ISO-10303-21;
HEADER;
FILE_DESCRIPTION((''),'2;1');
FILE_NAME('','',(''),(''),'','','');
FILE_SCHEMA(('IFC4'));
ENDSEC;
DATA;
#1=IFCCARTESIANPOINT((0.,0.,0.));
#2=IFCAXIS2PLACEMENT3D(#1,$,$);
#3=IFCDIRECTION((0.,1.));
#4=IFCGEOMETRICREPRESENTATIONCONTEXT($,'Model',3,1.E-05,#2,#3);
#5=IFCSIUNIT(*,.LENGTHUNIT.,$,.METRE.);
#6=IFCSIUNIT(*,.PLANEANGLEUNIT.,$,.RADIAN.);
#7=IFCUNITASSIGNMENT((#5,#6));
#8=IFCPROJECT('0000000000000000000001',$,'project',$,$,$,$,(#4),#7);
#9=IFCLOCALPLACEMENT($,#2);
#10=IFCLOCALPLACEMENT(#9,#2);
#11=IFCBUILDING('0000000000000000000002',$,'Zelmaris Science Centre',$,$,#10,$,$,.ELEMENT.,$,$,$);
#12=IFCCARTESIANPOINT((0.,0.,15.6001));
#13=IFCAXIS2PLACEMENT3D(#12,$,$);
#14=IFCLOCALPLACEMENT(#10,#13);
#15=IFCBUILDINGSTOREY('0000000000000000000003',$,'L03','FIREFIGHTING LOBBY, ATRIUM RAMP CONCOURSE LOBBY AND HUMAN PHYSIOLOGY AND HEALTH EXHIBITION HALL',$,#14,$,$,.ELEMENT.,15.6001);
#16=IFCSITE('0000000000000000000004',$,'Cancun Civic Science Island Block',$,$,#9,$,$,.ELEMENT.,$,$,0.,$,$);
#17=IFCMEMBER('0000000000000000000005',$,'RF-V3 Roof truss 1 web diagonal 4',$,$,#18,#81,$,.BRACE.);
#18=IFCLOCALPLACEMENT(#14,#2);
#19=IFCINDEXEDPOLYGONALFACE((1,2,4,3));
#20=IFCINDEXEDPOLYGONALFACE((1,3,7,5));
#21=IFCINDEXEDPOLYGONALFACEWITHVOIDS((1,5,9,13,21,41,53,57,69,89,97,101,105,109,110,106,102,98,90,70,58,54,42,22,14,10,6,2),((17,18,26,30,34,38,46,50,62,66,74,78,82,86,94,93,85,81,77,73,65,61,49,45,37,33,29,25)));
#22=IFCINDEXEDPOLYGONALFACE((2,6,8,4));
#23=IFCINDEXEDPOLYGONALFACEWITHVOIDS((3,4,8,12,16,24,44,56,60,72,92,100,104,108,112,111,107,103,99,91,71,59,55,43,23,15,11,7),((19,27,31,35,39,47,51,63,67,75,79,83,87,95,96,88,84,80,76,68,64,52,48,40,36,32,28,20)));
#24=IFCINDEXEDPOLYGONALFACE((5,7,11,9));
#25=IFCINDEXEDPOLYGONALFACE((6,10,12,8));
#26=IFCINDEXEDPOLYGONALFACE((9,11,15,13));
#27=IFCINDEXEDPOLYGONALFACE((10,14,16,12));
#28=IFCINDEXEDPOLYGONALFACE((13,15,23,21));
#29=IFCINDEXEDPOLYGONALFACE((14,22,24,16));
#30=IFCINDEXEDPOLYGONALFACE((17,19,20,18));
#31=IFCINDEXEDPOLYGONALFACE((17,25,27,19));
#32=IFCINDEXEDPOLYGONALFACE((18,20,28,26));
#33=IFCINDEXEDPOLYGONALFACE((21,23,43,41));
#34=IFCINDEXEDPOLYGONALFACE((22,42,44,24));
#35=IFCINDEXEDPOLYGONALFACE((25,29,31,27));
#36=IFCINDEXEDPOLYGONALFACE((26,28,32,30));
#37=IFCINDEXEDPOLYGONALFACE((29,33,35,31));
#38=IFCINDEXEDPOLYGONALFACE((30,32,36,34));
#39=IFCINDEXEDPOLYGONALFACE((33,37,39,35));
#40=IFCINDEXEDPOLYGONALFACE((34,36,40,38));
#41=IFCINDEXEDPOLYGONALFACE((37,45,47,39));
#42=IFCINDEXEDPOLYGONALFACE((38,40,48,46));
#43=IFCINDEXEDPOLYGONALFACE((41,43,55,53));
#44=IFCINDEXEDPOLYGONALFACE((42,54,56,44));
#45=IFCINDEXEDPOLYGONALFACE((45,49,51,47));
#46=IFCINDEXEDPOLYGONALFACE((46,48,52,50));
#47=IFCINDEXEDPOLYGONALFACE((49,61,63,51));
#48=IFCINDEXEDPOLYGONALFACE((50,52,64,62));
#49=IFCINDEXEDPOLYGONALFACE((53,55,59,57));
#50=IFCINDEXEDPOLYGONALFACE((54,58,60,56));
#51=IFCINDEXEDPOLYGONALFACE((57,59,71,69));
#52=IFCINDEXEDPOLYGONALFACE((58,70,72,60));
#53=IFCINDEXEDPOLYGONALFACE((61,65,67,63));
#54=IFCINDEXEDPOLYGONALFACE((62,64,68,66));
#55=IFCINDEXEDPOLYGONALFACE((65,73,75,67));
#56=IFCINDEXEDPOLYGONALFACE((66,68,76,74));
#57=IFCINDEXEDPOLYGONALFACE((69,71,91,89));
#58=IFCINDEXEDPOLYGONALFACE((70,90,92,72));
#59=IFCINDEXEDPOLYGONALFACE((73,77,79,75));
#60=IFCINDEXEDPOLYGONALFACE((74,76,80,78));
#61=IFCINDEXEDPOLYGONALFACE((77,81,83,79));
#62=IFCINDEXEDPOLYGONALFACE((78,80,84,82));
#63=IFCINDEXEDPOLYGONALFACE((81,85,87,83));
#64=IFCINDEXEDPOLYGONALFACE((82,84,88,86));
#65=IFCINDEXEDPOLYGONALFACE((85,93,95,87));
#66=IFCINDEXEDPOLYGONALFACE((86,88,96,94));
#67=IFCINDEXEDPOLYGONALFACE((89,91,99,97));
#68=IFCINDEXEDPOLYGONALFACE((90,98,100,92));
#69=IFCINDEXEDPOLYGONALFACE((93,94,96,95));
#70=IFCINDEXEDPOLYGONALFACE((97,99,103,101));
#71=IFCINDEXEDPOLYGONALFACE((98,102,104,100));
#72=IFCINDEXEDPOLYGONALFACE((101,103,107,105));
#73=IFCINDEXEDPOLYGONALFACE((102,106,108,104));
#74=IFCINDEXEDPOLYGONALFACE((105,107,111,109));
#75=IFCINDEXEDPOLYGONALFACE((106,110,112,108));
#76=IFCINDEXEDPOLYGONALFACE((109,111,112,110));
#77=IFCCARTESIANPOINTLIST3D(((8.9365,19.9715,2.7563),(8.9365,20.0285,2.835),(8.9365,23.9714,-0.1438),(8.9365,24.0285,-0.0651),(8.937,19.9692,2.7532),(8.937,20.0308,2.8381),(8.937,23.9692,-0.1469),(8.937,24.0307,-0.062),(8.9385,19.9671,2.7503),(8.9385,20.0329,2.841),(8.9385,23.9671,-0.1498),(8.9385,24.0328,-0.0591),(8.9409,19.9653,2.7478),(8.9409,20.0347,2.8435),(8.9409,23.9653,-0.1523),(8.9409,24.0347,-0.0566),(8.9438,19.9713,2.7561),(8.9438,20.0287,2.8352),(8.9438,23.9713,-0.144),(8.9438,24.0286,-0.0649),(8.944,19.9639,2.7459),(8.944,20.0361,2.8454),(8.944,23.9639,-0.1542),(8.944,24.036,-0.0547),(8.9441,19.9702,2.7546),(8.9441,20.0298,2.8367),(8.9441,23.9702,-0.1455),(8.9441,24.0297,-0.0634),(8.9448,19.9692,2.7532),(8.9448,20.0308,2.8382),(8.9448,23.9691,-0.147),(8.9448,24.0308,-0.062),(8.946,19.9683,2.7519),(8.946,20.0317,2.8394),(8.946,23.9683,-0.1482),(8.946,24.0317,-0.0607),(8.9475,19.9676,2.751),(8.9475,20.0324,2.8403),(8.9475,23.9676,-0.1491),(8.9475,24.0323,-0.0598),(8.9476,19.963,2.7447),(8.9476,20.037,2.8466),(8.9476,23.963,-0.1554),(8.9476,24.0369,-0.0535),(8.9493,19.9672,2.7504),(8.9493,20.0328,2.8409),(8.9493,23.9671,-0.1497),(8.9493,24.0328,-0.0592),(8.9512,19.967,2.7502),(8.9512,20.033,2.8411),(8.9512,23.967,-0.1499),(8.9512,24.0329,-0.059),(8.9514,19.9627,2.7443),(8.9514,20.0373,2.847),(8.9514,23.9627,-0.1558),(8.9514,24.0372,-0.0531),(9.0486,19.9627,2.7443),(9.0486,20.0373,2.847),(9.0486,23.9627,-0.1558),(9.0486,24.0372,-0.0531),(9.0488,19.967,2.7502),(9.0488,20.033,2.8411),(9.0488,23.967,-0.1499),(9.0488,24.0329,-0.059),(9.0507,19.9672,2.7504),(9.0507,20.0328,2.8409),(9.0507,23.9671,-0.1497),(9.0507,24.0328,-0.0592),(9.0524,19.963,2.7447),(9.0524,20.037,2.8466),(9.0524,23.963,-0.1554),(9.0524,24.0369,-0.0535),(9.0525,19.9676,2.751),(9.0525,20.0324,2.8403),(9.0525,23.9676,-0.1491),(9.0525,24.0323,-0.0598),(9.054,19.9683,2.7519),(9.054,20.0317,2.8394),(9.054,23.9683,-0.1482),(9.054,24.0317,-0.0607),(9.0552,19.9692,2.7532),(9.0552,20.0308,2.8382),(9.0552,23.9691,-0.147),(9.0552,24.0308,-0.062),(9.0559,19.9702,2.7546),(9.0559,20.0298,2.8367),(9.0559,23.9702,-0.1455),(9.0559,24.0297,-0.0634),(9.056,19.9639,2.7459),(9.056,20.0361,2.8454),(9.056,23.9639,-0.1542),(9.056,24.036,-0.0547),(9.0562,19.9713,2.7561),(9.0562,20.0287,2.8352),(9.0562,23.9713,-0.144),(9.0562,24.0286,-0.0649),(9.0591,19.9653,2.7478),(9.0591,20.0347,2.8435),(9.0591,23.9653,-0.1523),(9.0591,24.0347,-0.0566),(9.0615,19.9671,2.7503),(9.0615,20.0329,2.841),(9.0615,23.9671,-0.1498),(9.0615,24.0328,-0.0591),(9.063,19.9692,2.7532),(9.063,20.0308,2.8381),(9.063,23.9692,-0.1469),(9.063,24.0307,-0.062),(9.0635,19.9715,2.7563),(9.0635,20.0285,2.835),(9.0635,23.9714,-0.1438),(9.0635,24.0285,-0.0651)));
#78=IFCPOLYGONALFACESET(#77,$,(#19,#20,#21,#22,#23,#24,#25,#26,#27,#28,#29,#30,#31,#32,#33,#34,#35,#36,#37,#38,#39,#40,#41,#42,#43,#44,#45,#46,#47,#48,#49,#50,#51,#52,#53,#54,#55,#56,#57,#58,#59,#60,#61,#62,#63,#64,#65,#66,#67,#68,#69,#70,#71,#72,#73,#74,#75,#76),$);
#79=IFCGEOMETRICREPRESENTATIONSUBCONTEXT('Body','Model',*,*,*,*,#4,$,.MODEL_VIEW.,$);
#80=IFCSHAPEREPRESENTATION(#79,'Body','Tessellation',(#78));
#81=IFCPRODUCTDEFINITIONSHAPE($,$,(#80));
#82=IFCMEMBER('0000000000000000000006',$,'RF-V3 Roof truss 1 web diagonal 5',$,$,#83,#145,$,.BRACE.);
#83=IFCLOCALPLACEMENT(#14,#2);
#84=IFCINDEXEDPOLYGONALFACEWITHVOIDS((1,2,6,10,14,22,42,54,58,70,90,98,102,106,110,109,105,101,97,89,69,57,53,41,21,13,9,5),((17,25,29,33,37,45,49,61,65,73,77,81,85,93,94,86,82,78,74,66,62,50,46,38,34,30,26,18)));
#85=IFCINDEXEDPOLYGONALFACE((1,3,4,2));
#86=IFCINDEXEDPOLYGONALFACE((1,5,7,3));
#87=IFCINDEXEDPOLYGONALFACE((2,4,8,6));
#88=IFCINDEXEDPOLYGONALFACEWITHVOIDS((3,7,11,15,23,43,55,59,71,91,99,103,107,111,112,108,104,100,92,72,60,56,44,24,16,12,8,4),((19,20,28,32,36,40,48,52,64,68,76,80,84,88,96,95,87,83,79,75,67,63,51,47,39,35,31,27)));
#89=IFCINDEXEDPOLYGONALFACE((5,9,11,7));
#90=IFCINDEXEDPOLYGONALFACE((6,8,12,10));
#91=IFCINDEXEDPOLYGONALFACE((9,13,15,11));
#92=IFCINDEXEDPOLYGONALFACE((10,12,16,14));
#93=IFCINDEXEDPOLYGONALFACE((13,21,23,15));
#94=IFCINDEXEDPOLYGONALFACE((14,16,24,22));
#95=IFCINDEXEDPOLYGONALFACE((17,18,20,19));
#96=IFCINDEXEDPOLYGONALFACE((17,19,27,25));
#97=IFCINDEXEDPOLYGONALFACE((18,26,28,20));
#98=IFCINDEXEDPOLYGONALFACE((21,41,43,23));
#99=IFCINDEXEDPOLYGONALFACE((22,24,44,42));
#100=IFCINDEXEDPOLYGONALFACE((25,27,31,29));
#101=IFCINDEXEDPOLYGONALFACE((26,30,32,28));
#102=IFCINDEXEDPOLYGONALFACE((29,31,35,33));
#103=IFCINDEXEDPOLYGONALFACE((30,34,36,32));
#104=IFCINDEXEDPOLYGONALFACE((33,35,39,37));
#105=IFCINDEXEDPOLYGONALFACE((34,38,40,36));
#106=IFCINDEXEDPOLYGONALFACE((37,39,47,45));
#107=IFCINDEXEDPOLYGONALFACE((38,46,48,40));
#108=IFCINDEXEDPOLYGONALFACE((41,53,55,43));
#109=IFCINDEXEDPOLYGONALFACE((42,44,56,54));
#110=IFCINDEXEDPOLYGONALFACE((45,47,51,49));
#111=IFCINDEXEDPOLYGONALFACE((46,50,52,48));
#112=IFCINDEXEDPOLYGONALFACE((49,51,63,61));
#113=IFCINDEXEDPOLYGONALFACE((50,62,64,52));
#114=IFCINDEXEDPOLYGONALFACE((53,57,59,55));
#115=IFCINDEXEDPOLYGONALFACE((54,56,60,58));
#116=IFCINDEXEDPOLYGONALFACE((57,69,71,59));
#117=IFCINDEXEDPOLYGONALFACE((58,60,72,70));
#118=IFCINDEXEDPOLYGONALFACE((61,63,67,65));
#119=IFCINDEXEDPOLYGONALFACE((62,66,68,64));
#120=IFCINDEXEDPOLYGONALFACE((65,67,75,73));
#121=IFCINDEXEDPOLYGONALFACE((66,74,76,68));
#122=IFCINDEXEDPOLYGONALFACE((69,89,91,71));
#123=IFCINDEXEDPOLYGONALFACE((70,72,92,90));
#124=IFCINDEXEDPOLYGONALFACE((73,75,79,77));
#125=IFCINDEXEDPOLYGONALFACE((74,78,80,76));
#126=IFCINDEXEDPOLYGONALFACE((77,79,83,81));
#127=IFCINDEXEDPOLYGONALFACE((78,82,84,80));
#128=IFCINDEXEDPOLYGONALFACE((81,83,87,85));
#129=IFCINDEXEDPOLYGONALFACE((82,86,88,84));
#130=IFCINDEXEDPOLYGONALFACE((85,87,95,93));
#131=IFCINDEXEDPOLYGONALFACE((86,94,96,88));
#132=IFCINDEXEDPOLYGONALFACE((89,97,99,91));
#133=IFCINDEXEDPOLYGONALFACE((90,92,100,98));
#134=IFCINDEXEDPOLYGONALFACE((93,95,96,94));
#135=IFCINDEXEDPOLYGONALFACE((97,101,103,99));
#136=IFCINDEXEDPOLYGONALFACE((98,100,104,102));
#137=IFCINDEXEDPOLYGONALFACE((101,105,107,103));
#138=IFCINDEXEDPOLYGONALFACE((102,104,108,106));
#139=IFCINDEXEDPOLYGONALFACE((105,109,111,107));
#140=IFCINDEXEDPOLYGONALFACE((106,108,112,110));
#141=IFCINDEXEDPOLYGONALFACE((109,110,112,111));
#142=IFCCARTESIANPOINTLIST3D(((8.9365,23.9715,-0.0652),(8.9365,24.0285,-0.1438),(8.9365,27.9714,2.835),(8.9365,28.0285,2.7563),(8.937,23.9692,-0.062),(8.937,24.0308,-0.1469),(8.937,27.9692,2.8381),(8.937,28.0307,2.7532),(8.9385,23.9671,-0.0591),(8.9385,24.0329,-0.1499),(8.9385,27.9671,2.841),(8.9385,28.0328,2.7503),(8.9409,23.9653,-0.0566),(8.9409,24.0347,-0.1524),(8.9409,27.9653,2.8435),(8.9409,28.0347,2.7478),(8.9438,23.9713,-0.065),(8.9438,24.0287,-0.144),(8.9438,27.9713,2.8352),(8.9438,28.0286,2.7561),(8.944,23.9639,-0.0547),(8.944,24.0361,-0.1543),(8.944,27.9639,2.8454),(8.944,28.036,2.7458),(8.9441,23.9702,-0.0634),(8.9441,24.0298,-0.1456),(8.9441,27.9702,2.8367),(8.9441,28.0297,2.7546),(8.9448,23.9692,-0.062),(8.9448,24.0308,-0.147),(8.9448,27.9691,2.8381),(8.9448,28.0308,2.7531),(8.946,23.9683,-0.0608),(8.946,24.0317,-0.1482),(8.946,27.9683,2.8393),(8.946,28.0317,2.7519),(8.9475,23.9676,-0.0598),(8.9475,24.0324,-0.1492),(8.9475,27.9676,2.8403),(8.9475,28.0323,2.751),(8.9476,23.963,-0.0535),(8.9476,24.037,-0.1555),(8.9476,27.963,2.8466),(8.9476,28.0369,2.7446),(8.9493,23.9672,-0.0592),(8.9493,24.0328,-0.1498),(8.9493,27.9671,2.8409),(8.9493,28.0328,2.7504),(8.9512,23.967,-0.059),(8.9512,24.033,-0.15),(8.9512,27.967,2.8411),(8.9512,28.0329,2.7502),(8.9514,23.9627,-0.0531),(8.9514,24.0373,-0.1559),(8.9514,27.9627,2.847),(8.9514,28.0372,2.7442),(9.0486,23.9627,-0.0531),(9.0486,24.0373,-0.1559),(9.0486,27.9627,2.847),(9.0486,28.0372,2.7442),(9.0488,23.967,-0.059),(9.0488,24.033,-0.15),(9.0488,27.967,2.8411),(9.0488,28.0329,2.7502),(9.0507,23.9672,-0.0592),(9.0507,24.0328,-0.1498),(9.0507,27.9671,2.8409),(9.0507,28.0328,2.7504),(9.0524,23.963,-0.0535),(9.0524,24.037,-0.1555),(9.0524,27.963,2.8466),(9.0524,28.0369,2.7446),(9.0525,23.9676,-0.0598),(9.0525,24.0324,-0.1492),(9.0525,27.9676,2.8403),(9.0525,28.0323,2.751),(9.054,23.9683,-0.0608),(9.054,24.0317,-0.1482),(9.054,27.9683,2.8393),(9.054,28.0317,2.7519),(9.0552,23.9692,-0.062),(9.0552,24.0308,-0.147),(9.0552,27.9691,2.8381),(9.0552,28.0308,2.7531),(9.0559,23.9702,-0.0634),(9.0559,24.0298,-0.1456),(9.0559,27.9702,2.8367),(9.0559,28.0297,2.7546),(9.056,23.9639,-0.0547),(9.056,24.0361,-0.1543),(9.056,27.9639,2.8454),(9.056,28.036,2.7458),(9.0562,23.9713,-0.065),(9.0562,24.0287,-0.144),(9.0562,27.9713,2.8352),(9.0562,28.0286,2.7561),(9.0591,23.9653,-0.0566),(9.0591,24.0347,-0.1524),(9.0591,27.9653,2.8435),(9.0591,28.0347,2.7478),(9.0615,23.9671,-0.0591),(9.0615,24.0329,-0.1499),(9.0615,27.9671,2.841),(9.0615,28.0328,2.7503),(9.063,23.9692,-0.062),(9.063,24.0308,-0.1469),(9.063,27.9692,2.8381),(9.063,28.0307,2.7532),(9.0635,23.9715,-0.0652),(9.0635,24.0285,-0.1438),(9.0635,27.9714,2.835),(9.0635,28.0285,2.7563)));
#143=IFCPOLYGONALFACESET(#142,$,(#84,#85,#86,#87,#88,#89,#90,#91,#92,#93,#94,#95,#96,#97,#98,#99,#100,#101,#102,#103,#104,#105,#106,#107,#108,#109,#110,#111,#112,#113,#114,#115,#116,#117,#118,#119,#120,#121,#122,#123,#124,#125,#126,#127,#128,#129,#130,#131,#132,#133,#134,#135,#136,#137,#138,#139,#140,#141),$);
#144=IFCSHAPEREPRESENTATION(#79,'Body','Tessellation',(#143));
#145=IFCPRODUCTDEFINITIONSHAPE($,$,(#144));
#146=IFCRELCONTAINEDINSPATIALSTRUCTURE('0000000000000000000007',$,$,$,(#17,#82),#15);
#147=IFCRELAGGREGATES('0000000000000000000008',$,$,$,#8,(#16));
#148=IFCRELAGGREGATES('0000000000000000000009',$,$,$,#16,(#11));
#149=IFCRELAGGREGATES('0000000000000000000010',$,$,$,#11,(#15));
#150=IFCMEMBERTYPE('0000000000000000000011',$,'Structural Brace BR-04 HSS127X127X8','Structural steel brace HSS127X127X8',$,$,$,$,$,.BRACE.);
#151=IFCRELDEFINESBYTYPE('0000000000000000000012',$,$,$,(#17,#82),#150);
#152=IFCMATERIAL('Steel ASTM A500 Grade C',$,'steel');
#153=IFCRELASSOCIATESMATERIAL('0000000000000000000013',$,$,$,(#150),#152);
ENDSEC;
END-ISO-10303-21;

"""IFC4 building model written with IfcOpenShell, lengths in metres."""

from ifc_helpers import new_model, si_unit, direction, frame, origin, origin_2d, place, context, subcontext, project, spatial, hollow_rectangle, extrude, material, material_profile, profile_set, type_object, element, save


model = new_model("IFC4")

# Units and contexts
model_context = context("Model", 3, precision=1e-05, world=origin(), true_north=direction((0.0, 1.0)))
body_context = subcontext(model_context, "Body", "Model", "MODEL_VIEW")
ifc_project = project(units=[si_unit("LENGTHUNIT", "METRE"), si_unit("PLANEANGLEUNIT", "RADIAN")], contexts=[model_context])

# Site, building, storey
site_placement = place(None, origin())
site = spatial("IfcSite", under=ifc_project, at=site_placement, Name="Cancun Civic Science Island Block", CompositionType="ELEMENT", RefElevation=0.0)
building_placement = place(site_placement, origin())
building = spatial("IfcBuilding", under=site, at=building_placement, Name="Zelmaris Science Centre", CompositionType="ELEMENT")
storey_placement = place(building_placement, frame((0.0, 0.0, 15.6001)))
storey = spatial("IfcBuildingStorey", under=building, at=storey_placement, Name="L03", Description="FIREFIGHTING LOBBY, ATRIUM RAMP CONCOURSE LOBBY AND HUMAN PHYSIOLOGY AND HEALTH EXHIBITION HALL", CompositionType="ELEMENT", Elevation=15.6001)

# Shared definitions
ifc_material = material(Name="Steel ASTM A500 Grade C", Category="steel")

# Members
ifc_material_profile_1 = material_profile(ifc_material, hollow_rectangle(XDim=0.127, YDim=0.127, WallThickness=0.0073, InnerFilletRadius=0.0073, OuterFilletRadius=0.0149, at=origin_2d()), Name="HSS127X127X8")
ifc_profile_set_1 = profile_set([ifc_material_profile_1], Name="Steel ASTM A500 Grade C")
member_type_1 = type_object("IfcMemberType", Name="Structural Brace BR-04 HSS127X127X8", Description="Structural steel brace HSS127X127X8", PredefinedType="BRACE", material=ifc_profile_set_1)
for number, where, z_axis, x_axis, name in (
    (1, (9.0, 20.0, 2.7957), (0.0, 0.809596, -0.586987), (-1.0, 0.0, 0.0), "RF-V3 Roof truss 1 web diagonal 4"),
    (2, (9.0, 24.0, -0.1045), (0.0, 0.809596, 0.586987), (-1.0, 0.0, 0.0), "RF-V3 Roof truss 1 web diagonal 5"),
):
    element("IfcMember", number, at=place(storey_placement, frame(where, z_axis=z_axis, x_axis=x_axis)), inside=storey, type_object=member_type_1, Name=name, PredefinedType="BRACE", context=body_context, shape_type="SweptSolid", body=[
        extrude(hollow_rectangle(XDim=0.127, YDim=0.127, WallThickness=0.0073, InnerFilletRadius=0.0073, OuterFilletRadius=0.0149, at=origin_2d()), origin(), (0.0, 0.0, 1.0), 4.9407),
    ])

save(model, "model.ifc")
